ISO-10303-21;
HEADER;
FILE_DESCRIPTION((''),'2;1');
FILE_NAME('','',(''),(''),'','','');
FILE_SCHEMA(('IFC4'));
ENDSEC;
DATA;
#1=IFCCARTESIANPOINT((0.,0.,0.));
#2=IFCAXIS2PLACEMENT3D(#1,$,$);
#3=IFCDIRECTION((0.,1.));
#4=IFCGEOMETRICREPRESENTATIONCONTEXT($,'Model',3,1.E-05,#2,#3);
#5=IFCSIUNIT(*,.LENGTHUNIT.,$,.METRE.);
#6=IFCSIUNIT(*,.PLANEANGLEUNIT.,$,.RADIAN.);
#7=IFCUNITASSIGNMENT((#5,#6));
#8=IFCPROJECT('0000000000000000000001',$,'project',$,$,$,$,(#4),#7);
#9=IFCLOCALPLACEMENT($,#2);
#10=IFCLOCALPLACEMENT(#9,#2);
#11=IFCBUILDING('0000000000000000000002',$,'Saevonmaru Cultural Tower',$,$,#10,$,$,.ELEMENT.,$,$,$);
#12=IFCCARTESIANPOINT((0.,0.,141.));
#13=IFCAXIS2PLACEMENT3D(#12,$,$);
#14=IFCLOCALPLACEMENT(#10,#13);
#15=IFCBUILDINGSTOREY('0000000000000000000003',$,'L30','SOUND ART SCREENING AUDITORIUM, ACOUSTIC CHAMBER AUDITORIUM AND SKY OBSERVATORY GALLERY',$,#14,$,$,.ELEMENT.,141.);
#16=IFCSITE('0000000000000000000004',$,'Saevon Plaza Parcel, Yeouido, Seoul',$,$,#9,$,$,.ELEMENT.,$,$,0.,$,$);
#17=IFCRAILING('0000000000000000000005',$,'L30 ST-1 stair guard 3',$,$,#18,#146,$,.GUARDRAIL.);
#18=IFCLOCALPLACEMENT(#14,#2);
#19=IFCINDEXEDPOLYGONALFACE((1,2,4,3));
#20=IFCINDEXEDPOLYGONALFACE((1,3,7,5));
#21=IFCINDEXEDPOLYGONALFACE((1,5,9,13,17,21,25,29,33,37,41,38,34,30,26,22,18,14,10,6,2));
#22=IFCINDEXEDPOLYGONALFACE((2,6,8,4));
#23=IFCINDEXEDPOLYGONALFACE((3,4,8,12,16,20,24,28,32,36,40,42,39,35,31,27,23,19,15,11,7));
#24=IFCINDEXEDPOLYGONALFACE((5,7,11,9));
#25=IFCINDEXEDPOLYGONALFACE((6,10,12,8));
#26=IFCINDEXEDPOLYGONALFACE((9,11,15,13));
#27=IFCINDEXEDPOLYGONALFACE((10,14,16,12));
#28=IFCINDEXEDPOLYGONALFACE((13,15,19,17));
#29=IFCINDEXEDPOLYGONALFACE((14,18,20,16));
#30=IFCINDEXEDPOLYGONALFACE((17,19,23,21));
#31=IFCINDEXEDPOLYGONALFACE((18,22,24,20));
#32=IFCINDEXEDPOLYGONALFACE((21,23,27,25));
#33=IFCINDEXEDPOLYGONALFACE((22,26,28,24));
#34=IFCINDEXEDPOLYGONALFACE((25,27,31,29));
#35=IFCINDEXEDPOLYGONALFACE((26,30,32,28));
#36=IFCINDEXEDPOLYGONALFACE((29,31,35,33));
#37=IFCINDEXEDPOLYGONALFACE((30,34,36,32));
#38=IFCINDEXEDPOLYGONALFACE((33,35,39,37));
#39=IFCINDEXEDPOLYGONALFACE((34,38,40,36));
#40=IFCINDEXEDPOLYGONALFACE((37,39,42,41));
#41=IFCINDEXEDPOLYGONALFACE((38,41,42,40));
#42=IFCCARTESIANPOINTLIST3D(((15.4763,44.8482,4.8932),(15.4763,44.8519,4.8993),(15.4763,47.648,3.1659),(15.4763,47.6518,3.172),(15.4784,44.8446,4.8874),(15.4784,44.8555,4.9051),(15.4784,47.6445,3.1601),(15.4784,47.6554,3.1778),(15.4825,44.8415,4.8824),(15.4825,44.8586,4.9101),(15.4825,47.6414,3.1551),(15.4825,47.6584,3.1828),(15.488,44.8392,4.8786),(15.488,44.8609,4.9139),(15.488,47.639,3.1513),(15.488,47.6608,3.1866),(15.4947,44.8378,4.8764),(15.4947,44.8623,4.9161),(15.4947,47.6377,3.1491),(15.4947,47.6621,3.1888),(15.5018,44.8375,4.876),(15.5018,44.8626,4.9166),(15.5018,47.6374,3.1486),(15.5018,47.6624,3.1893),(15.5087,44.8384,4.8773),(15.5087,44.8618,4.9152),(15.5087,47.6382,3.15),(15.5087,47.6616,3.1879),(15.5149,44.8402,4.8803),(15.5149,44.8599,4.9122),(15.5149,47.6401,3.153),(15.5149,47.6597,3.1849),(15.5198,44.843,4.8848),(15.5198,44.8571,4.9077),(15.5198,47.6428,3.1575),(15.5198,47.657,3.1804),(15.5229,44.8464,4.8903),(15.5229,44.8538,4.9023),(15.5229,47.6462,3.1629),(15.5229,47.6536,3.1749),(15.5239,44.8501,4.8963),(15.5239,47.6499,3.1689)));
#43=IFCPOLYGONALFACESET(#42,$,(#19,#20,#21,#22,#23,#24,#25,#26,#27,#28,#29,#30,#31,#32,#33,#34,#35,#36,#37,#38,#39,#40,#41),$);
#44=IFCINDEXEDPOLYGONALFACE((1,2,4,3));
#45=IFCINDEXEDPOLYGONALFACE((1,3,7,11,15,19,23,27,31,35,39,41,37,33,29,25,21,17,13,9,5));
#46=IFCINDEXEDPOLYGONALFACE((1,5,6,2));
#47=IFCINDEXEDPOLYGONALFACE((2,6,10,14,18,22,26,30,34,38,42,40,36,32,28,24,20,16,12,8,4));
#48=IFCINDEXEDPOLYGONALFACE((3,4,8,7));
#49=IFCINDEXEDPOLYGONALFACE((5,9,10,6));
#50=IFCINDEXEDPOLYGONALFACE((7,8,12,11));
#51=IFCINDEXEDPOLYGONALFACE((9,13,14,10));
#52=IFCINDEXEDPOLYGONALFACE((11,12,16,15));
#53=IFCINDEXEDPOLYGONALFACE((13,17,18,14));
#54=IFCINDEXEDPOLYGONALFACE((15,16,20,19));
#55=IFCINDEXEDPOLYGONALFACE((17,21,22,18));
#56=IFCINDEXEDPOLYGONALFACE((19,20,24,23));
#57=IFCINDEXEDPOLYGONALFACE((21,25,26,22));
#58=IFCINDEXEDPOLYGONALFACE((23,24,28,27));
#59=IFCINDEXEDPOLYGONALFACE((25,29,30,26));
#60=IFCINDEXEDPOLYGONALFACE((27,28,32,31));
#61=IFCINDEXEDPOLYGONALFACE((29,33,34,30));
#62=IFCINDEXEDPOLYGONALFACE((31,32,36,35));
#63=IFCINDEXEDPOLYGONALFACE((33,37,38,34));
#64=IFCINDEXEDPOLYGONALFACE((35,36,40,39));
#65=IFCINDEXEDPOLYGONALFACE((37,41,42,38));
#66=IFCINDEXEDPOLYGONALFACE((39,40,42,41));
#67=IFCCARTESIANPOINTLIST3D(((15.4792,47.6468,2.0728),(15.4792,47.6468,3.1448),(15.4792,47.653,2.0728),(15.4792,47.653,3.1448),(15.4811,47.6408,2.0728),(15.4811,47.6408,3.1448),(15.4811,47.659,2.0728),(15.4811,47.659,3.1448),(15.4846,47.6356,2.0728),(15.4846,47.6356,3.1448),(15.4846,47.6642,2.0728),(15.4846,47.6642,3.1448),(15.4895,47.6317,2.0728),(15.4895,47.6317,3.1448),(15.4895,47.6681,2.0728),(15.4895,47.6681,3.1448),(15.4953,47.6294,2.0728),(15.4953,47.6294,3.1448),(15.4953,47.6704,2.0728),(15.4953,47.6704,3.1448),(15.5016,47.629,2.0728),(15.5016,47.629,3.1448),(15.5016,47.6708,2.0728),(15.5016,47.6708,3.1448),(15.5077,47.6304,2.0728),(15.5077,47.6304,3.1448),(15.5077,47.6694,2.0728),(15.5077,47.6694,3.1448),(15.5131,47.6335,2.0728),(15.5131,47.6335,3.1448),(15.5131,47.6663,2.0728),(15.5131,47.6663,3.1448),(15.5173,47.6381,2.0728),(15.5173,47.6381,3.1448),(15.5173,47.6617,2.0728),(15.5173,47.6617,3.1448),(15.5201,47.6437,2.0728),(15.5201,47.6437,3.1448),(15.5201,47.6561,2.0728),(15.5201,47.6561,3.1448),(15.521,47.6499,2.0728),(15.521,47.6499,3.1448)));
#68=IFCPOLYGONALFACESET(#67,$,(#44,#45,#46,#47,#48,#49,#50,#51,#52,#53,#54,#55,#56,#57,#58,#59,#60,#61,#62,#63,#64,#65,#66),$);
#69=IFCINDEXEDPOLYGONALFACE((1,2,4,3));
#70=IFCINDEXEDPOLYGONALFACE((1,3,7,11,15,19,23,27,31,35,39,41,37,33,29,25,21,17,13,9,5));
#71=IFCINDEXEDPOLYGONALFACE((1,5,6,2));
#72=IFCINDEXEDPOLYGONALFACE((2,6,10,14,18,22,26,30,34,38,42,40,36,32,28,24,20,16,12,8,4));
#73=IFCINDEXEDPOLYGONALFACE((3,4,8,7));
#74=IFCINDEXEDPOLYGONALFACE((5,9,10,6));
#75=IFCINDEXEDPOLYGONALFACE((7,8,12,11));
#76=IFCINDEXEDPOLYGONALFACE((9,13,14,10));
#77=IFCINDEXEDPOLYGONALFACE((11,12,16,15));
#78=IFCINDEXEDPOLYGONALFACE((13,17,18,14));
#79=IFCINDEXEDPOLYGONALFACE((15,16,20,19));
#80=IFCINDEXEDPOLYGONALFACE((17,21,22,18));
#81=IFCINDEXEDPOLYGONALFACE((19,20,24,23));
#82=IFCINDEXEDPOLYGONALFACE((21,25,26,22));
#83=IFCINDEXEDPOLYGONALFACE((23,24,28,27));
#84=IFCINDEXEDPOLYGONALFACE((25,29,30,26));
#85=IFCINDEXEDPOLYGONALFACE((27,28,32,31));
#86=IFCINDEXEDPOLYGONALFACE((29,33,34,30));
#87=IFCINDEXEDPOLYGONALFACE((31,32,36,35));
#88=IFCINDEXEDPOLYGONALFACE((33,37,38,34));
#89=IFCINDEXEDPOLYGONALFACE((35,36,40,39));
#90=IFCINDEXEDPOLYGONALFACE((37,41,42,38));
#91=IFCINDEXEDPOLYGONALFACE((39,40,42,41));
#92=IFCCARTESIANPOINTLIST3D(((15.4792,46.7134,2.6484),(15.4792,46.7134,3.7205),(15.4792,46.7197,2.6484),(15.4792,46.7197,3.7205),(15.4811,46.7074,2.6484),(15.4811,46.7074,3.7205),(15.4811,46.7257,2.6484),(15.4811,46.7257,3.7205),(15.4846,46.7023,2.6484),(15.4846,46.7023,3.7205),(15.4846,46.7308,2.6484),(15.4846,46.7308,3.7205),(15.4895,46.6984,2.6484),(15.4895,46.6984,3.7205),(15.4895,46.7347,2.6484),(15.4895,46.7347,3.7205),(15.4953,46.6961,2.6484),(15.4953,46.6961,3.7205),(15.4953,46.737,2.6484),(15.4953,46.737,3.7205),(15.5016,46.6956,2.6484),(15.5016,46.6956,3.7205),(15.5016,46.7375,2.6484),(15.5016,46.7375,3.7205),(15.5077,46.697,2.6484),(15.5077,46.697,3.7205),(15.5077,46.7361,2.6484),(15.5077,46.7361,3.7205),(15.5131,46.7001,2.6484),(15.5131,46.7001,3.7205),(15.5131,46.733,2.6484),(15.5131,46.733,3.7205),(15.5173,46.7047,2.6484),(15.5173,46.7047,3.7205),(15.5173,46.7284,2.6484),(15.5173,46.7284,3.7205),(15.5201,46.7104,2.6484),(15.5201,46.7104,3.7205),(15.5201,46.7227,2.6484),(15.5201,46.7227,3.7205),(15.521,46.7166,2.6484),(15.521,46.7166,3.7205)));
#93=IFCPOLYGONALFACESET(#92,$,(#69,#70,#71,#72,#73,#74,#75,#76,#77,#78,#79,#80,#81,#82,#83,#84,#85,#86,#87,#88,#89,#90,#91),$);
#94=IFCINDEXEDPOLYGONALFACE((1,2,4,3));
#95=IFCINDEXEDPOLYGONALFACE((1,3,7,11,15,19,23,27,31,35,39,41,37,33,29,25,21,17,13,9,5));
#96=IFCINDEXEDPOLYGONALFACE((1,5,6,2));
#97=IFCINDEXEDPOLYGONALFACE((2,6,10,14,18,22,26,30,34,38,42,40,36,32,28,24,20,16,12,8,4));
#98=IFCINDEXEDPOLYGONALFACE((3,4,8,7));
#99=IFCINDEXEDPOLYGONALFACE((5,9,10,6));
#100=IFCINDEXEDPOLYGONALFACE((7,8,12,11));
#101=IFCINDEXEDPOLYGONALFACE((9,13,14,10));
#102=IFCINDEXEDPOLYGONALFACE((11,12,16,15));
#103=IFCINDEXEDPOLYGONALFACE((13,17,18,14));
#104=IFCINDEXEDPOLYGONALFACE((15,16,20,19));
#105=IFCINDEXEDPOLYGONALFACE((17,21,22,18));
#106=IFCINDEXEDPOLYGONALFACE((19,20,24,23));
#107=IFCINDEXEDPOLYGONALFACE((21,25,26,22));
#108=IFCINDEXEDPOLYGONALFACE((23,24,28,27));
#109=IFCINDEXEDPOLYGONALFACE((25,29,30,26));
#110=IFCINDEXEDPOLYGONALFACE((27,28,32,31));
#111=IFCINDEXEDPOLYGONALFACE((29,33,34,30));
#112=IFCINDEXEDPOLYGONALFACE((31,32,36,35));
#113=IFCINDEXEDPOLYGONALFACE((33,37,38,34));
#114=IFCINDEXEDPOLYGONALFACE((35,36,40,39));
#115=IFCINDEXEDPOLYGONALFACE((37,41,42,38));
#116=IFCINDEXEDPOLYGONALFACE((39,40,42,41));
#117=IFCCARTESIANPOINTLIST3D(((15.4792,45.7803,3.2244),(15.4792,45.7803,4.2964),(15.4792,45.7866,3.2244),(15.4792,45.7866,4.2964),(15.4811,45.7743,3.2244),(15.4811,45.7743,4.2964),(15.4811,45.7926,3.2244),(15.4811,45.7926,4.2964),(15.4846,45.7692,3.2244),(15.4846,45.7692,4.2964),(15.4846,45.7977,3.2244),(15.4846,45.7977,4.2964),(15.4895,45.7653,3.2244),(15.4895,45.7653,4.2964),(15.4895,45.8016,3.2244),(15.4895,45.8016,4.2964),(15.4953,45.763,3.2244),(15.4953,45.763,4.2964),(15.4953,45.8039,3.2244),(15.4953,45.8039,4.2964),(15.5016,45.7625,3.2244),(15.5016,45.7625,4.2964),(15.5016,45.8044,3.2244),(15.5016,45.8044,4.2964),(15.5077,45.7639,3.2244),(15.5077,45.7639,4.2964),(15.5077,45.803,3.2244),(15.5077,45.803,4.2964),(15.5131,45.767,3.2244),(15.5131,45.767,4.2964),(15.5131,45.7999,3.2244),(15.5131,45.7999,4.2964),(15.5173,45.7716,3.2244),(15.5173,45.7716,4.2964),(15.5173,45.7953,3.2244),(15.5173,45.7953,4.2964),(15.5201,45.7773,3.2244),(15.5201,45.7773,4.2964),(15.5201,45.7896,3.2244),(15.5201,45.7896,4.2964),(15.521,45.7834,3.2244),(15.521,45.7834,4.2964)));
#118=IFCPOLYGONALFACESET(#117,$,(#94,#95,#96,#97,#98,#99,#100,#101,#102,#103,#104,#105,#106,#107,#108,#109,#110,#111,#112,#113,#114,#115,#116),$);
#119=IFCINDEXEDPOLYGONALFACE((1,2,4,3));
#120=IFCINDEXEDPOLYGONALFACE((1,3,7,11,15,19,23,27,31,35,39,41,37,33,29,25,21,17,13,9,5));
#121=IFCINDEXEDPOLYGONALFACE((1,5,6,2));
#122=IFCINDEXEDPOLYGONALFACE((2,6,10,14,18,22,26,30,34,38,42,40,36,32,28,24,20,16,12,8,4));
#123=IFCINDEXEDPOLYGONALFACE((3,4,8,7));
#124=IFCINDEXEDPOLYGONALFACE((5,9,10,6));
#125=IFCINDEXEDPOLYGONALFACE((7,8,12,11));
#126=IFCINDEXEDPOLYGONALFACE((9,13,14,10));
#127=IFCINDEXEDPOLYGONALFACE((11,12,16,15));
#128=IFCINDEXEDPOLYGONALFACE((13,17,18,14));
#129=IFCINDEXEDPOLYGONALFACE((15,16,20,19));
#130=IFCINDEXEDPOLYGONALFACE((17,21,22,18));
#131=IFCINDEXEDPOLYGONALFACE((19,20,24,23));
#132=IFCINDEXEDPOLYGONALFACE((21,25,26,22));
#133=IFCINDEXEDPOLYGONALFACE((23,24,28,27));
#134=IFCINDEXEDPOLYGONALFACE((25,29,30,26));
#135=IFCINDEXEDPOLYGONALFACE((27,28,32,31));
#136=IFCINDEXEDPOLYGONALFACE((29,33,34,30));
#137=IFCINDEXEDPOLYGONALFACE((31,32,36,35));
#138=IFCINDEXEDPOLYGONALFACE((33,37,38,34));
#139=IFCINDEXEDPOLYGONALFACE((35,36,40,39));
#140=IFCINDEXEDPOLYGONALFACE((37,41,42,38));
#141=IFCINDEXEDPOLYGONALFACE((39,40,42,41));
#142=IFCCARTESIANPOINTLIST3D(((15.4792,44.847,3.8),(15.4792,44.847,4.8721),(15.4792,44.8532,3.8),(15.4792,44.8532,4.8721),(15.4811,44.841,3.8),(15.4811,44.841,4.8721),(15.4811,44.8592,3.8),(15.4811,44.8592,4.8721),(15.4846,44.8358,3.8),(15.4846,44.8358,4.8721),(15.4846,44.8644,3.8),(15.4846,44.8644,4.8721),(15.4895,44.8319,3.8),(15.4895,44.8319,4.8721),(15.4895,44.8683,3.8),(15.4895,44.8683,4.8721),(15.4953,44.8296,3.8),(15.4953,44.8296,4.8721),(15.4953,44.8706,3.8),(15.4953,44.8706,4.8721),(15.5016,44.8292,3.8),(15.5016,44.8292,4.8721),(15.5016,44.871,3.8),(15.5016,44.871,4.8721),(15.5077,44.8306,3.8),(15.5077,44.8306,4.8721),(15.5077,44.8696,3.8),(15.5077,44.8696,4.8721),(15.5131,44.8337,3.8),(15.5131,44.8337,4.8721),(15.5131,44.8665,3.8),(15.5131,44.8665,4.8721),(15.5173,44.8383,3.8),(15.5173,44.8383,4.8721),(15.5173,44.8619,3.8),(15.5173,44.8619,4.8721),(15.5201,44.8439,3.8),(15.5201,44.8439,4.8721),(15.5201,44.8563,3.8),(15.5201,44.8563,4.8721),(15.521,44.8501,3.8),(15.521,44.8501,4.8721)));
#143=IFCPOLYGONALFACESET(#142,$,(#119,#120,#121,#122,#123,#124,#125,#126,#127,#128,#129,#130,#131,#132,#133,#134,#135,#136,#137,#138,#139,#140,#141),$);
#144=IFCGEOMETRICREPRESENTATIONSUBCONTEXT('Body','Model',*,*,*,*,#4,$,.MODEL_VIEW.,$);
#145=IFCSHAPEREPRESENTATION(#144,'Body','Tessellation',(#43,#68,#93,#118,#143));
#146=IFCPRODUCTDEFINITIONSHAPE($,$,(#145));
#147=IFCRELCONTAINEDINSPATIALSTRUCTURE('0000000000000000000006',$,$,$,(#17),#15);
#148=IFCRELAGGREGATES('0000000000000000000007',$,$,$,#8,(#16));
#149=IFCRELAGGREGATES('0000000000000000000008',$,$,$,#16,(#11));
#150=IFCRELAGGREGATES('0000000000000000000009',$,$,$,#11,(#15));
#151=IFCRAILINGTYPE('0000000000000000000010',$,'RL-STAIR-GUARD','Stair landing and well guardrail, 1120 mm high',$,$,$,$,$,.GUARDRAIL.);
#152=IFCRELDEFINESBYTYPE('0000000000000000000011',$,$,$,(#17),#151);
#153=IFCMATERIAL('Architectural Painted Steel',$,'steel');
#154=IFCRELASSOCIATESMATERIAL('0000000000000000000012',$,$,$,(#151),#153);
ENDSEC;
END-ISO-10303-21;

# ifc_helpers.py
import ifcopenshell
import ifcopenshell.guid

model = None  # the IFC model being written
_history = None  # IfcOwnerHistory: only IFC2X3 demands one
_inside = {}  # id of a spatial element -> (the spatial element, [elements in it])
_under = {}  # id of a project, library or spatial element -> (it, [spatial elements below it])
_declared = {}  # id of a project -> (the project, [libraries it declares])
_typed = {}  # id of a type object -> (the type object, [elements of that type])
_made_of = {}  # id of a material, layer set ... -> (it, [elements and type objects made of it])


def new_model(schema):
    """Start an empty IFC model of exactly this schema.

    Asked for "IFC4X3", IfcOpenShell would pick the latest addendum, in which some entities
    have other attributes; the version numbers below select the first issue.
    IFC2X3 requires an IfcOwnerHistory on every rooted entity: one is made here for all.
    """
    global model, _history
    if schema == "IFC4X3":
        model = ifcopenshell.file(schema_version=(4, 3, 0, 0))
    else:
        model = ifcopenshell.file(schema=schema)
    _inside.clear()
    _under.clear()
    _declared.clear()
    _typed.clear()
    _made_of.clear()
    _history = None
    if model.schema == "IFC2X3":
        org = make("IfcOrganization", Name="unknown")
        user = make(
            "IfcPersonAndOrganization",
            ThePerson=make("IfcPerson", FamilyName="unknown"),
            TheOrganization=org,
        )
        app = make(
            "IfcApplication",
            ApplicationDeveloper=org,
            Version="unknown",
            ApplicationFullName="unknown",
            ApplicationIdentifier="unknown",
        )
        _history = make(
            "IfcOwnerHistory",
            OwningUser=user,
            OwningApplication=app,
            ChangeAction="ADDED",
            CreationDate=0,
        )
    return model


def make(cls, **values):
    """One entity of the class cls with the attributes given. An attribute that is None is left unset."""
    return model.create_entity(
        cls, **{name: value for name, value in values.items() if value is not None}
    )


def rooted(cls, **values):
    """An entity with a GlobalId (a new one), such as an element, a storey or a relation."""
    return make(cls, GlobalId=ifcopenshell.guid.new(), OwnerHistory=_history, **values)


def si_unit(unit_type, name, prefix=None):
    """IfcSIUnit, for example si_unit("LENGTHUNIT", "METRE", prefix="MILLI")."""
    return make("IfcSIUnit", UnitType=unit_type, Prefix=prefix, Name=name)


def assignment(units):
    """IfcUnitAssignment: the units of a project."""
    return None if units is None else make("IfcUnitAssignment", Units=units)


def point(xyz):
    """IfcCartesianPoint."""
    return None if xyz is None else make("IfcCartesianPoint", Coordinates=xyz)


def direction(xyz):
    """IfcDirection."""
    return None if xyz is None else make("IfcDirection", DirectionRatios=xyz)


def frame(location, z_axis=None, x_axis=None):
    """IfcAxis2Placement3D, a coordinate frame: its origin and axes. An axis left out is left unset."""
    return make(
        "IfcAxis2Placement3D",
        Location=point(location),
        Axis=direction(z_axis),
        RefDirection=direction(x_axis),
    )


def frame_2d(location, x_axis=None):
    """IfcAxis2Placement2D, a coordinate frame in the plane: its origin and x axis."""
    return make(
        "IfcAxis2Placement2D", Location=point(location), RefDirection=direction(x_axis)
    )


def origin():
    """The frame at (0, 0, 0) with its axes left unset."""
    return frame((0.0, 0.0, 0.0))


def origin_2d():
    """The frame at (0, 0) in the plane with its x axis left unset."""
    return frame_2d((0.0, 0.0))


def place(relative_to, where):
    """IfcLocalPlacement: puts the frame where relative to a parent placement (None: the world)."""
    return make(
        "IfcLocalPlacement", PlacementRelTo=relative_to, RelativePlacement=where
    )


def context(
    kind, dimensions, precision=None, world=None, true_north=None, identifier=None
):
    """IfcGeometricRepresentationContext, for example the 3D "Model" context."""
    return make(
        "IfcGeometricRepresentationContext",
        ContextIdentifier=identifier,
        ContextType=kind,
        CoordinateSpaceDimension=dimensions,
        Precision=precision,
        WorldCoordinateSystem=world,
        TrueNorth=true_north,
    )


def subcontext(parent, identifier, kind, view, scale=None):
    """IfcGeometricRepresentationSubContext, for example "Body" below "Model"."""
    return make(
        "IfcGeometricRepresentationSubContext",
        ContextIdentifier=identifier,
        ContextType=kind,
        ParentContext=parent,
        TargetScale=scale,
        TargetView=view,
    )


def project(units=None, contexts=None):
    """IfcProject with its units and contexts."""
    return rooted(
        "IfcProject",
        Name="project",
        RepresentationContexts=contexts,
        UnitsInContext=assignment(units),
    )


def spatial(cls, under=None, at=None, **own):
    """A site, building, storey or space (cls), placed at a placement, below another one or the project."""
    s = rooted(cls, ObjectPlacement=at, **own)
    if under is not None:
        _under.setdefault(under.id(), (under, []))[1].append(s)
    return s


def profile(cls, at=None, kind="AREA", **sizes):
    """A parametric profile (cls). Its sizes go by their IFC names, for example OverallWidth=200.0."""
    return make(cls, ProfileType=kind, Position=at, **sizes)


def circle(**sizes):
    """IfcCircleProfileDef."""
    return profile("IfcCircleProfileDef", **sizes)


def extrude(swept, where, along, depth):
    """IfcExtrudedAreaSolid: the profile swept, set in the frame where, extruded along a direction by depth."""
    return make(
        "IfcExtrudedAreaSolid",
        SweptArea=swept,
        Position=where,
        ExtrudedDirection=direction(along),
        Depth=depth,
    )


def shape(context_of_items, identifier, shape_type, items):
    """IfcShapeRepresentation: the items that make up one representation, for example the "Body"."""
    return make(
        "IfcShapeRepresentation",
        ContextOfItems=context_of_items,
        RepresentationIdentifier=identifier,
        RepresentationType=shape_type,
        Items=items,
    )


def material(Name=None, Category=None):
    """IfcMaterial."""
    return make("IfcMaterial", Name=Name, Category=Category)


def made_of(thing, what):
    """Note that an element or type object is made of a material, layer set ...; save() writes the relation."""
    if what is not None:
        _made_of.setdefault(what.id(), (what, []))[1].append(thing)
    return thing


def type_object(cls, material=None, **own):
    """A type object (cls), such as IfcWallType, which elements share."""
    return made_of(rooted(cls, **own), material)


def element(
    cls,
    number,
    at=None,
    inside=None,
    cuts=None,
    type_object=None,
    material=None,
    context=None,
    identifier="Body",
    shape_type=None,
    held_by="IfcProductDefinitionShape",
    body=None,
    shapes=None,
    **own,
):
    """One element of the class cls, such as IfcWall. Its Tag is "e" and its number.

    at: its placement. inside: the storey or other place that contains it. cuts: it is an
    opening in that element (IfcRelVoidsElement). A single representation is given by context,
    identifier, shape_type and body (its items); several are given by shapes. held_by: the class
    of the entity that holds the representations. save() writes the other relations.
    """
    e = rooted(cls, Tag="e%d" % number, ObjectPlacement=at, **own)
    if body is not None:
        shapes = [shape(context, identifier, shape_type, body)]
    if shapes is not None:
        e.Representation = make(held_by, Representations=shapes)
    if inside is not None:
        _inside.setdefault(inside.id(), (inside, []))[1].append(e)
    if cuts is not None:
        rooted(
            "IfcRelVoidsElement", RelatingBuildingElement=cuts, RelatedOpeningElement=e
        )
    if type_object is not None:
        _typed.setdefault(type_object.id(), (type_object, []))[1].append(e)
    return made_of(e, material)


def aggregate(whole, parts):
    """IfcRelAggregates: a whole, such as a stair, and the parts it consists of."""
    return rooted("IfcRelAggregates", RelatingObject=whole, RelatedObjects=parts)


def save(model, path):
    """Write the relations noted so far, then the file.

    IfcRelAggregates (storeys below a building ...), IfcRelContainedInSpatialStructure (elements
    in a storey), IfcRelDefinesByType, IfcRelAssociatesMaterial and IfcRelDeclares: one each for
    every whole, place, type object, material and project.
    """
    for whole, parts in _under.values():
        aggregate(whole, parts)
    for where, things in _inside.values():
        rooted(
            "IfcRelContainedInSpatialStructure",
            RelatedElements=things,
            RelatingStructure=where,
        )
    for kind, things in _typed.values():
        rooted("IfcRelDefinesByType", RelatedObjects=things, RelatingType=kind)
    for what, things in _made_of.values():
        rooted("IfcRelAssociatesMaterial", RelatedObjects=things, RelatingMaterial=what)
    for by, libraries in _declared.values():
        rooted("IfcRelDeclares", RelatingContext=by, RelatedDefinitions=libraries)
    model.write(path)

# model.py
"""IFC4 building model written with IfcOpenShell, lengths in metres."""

from ifc_helpers import new_model, si_unit, direction, frame, origin, origin_2d, place, context, subcontext, project, spatial, circle, extrude, material, type_object, element, save


model = new_model("IFC4")

# Units and contexts
model_context = context("Model", 3, precision=1e-05, world=origin(), true_north=direction((0.0, 1.0)))
body_context = subcontext(model_context, "Body", "Model", "MODEL_VIEW")
ifc_project = project(units=[si_unit("LENGTHUNIT", "METRE"), si_unit("PLANEANGLEUNIT", "RADIAN")], contexts=[model_context])

# Site, building, storey
site_placement = place(None, origin())
site = spatial("IfcSite", under=ifc_project, at=site_placement, Name="Saevon Plaza Parcel, Yeouido, Seoul", CompositionType="ELEMENT", RefElevation=0.0)
building_placement = place(site_placement, origin())
building = spatial("IfcBuilding", under=site, at=building_placement, Name="Saevonmaru Cultural Tower", CompositionType="ELEMENT")
storey_placement = place(building_placement, frame((0.0, 0.0, 141.0)))
storey = spatial("IfcBuildingStorey", under=building, at=storey_placement, Name="L30", Description="SOUND ART SCREENING AUDITORIUM, ACOUSTIC CHAMBER AUDITORIUM AND SKY OBSERVATORY GALLERY", CompositionType="ELEMENT", Elevation=141.0)

# Railing
ifc_material_1 = material(Name="Architectural Painted Steel", Category="steel")
railing_type_1 = type_object("IfcRailingType", Name="RL-STAIR-GUARD", Description="Stair landing and well guardrail, 1120 mm high", PredefinedType="GUARDRAIL", material=ifc_material_1)
railing_1_placement = place(storey_placement, frame((15.5, 47.6499, 2.0728)))
element("IfcRailing", 1, at=railing_1_placement, inside=storey, type_object=railing_type_1, Name="L30 ST-1 stair guard 3", PredefinedType="GUARDRAIL", context=body_context, shape_type="SweptSolid", body=[
    extrude(circle(Radius=0.0239, at=origin_2d()), frame((0.0, 0.0, 1.0962), z_axis=(0.0, -0.851069, 0.525054), x_axis=(1.0, 0.0, 0.0)), (0.0, 0.0, 1.0), 3.2898),
    extrude(circle(Radius=0.021, at=origin_2d()), origin(), (0.0, 0.0, 1.0), 1.072),
    extrude(circle(Radius=0.021, at=origin_2d()), frame((0.0, -0.9333, 0.5757)), (0.0, 0.0, 1.0), 1.072),
    extrude(circle(Radius=0.021, at=origin_2d()), frame((0.0, -1.8665, 1.1516)), (0.0, 0.0, 1.0), 1.072),
    extrude(circle(Radius=0.021, at=origin_2d()), frame((0.0, -2.7998, 1.7273)), (0.0, 0.0, 1.0), 1.072),
])

save(model, "model.ifc")
